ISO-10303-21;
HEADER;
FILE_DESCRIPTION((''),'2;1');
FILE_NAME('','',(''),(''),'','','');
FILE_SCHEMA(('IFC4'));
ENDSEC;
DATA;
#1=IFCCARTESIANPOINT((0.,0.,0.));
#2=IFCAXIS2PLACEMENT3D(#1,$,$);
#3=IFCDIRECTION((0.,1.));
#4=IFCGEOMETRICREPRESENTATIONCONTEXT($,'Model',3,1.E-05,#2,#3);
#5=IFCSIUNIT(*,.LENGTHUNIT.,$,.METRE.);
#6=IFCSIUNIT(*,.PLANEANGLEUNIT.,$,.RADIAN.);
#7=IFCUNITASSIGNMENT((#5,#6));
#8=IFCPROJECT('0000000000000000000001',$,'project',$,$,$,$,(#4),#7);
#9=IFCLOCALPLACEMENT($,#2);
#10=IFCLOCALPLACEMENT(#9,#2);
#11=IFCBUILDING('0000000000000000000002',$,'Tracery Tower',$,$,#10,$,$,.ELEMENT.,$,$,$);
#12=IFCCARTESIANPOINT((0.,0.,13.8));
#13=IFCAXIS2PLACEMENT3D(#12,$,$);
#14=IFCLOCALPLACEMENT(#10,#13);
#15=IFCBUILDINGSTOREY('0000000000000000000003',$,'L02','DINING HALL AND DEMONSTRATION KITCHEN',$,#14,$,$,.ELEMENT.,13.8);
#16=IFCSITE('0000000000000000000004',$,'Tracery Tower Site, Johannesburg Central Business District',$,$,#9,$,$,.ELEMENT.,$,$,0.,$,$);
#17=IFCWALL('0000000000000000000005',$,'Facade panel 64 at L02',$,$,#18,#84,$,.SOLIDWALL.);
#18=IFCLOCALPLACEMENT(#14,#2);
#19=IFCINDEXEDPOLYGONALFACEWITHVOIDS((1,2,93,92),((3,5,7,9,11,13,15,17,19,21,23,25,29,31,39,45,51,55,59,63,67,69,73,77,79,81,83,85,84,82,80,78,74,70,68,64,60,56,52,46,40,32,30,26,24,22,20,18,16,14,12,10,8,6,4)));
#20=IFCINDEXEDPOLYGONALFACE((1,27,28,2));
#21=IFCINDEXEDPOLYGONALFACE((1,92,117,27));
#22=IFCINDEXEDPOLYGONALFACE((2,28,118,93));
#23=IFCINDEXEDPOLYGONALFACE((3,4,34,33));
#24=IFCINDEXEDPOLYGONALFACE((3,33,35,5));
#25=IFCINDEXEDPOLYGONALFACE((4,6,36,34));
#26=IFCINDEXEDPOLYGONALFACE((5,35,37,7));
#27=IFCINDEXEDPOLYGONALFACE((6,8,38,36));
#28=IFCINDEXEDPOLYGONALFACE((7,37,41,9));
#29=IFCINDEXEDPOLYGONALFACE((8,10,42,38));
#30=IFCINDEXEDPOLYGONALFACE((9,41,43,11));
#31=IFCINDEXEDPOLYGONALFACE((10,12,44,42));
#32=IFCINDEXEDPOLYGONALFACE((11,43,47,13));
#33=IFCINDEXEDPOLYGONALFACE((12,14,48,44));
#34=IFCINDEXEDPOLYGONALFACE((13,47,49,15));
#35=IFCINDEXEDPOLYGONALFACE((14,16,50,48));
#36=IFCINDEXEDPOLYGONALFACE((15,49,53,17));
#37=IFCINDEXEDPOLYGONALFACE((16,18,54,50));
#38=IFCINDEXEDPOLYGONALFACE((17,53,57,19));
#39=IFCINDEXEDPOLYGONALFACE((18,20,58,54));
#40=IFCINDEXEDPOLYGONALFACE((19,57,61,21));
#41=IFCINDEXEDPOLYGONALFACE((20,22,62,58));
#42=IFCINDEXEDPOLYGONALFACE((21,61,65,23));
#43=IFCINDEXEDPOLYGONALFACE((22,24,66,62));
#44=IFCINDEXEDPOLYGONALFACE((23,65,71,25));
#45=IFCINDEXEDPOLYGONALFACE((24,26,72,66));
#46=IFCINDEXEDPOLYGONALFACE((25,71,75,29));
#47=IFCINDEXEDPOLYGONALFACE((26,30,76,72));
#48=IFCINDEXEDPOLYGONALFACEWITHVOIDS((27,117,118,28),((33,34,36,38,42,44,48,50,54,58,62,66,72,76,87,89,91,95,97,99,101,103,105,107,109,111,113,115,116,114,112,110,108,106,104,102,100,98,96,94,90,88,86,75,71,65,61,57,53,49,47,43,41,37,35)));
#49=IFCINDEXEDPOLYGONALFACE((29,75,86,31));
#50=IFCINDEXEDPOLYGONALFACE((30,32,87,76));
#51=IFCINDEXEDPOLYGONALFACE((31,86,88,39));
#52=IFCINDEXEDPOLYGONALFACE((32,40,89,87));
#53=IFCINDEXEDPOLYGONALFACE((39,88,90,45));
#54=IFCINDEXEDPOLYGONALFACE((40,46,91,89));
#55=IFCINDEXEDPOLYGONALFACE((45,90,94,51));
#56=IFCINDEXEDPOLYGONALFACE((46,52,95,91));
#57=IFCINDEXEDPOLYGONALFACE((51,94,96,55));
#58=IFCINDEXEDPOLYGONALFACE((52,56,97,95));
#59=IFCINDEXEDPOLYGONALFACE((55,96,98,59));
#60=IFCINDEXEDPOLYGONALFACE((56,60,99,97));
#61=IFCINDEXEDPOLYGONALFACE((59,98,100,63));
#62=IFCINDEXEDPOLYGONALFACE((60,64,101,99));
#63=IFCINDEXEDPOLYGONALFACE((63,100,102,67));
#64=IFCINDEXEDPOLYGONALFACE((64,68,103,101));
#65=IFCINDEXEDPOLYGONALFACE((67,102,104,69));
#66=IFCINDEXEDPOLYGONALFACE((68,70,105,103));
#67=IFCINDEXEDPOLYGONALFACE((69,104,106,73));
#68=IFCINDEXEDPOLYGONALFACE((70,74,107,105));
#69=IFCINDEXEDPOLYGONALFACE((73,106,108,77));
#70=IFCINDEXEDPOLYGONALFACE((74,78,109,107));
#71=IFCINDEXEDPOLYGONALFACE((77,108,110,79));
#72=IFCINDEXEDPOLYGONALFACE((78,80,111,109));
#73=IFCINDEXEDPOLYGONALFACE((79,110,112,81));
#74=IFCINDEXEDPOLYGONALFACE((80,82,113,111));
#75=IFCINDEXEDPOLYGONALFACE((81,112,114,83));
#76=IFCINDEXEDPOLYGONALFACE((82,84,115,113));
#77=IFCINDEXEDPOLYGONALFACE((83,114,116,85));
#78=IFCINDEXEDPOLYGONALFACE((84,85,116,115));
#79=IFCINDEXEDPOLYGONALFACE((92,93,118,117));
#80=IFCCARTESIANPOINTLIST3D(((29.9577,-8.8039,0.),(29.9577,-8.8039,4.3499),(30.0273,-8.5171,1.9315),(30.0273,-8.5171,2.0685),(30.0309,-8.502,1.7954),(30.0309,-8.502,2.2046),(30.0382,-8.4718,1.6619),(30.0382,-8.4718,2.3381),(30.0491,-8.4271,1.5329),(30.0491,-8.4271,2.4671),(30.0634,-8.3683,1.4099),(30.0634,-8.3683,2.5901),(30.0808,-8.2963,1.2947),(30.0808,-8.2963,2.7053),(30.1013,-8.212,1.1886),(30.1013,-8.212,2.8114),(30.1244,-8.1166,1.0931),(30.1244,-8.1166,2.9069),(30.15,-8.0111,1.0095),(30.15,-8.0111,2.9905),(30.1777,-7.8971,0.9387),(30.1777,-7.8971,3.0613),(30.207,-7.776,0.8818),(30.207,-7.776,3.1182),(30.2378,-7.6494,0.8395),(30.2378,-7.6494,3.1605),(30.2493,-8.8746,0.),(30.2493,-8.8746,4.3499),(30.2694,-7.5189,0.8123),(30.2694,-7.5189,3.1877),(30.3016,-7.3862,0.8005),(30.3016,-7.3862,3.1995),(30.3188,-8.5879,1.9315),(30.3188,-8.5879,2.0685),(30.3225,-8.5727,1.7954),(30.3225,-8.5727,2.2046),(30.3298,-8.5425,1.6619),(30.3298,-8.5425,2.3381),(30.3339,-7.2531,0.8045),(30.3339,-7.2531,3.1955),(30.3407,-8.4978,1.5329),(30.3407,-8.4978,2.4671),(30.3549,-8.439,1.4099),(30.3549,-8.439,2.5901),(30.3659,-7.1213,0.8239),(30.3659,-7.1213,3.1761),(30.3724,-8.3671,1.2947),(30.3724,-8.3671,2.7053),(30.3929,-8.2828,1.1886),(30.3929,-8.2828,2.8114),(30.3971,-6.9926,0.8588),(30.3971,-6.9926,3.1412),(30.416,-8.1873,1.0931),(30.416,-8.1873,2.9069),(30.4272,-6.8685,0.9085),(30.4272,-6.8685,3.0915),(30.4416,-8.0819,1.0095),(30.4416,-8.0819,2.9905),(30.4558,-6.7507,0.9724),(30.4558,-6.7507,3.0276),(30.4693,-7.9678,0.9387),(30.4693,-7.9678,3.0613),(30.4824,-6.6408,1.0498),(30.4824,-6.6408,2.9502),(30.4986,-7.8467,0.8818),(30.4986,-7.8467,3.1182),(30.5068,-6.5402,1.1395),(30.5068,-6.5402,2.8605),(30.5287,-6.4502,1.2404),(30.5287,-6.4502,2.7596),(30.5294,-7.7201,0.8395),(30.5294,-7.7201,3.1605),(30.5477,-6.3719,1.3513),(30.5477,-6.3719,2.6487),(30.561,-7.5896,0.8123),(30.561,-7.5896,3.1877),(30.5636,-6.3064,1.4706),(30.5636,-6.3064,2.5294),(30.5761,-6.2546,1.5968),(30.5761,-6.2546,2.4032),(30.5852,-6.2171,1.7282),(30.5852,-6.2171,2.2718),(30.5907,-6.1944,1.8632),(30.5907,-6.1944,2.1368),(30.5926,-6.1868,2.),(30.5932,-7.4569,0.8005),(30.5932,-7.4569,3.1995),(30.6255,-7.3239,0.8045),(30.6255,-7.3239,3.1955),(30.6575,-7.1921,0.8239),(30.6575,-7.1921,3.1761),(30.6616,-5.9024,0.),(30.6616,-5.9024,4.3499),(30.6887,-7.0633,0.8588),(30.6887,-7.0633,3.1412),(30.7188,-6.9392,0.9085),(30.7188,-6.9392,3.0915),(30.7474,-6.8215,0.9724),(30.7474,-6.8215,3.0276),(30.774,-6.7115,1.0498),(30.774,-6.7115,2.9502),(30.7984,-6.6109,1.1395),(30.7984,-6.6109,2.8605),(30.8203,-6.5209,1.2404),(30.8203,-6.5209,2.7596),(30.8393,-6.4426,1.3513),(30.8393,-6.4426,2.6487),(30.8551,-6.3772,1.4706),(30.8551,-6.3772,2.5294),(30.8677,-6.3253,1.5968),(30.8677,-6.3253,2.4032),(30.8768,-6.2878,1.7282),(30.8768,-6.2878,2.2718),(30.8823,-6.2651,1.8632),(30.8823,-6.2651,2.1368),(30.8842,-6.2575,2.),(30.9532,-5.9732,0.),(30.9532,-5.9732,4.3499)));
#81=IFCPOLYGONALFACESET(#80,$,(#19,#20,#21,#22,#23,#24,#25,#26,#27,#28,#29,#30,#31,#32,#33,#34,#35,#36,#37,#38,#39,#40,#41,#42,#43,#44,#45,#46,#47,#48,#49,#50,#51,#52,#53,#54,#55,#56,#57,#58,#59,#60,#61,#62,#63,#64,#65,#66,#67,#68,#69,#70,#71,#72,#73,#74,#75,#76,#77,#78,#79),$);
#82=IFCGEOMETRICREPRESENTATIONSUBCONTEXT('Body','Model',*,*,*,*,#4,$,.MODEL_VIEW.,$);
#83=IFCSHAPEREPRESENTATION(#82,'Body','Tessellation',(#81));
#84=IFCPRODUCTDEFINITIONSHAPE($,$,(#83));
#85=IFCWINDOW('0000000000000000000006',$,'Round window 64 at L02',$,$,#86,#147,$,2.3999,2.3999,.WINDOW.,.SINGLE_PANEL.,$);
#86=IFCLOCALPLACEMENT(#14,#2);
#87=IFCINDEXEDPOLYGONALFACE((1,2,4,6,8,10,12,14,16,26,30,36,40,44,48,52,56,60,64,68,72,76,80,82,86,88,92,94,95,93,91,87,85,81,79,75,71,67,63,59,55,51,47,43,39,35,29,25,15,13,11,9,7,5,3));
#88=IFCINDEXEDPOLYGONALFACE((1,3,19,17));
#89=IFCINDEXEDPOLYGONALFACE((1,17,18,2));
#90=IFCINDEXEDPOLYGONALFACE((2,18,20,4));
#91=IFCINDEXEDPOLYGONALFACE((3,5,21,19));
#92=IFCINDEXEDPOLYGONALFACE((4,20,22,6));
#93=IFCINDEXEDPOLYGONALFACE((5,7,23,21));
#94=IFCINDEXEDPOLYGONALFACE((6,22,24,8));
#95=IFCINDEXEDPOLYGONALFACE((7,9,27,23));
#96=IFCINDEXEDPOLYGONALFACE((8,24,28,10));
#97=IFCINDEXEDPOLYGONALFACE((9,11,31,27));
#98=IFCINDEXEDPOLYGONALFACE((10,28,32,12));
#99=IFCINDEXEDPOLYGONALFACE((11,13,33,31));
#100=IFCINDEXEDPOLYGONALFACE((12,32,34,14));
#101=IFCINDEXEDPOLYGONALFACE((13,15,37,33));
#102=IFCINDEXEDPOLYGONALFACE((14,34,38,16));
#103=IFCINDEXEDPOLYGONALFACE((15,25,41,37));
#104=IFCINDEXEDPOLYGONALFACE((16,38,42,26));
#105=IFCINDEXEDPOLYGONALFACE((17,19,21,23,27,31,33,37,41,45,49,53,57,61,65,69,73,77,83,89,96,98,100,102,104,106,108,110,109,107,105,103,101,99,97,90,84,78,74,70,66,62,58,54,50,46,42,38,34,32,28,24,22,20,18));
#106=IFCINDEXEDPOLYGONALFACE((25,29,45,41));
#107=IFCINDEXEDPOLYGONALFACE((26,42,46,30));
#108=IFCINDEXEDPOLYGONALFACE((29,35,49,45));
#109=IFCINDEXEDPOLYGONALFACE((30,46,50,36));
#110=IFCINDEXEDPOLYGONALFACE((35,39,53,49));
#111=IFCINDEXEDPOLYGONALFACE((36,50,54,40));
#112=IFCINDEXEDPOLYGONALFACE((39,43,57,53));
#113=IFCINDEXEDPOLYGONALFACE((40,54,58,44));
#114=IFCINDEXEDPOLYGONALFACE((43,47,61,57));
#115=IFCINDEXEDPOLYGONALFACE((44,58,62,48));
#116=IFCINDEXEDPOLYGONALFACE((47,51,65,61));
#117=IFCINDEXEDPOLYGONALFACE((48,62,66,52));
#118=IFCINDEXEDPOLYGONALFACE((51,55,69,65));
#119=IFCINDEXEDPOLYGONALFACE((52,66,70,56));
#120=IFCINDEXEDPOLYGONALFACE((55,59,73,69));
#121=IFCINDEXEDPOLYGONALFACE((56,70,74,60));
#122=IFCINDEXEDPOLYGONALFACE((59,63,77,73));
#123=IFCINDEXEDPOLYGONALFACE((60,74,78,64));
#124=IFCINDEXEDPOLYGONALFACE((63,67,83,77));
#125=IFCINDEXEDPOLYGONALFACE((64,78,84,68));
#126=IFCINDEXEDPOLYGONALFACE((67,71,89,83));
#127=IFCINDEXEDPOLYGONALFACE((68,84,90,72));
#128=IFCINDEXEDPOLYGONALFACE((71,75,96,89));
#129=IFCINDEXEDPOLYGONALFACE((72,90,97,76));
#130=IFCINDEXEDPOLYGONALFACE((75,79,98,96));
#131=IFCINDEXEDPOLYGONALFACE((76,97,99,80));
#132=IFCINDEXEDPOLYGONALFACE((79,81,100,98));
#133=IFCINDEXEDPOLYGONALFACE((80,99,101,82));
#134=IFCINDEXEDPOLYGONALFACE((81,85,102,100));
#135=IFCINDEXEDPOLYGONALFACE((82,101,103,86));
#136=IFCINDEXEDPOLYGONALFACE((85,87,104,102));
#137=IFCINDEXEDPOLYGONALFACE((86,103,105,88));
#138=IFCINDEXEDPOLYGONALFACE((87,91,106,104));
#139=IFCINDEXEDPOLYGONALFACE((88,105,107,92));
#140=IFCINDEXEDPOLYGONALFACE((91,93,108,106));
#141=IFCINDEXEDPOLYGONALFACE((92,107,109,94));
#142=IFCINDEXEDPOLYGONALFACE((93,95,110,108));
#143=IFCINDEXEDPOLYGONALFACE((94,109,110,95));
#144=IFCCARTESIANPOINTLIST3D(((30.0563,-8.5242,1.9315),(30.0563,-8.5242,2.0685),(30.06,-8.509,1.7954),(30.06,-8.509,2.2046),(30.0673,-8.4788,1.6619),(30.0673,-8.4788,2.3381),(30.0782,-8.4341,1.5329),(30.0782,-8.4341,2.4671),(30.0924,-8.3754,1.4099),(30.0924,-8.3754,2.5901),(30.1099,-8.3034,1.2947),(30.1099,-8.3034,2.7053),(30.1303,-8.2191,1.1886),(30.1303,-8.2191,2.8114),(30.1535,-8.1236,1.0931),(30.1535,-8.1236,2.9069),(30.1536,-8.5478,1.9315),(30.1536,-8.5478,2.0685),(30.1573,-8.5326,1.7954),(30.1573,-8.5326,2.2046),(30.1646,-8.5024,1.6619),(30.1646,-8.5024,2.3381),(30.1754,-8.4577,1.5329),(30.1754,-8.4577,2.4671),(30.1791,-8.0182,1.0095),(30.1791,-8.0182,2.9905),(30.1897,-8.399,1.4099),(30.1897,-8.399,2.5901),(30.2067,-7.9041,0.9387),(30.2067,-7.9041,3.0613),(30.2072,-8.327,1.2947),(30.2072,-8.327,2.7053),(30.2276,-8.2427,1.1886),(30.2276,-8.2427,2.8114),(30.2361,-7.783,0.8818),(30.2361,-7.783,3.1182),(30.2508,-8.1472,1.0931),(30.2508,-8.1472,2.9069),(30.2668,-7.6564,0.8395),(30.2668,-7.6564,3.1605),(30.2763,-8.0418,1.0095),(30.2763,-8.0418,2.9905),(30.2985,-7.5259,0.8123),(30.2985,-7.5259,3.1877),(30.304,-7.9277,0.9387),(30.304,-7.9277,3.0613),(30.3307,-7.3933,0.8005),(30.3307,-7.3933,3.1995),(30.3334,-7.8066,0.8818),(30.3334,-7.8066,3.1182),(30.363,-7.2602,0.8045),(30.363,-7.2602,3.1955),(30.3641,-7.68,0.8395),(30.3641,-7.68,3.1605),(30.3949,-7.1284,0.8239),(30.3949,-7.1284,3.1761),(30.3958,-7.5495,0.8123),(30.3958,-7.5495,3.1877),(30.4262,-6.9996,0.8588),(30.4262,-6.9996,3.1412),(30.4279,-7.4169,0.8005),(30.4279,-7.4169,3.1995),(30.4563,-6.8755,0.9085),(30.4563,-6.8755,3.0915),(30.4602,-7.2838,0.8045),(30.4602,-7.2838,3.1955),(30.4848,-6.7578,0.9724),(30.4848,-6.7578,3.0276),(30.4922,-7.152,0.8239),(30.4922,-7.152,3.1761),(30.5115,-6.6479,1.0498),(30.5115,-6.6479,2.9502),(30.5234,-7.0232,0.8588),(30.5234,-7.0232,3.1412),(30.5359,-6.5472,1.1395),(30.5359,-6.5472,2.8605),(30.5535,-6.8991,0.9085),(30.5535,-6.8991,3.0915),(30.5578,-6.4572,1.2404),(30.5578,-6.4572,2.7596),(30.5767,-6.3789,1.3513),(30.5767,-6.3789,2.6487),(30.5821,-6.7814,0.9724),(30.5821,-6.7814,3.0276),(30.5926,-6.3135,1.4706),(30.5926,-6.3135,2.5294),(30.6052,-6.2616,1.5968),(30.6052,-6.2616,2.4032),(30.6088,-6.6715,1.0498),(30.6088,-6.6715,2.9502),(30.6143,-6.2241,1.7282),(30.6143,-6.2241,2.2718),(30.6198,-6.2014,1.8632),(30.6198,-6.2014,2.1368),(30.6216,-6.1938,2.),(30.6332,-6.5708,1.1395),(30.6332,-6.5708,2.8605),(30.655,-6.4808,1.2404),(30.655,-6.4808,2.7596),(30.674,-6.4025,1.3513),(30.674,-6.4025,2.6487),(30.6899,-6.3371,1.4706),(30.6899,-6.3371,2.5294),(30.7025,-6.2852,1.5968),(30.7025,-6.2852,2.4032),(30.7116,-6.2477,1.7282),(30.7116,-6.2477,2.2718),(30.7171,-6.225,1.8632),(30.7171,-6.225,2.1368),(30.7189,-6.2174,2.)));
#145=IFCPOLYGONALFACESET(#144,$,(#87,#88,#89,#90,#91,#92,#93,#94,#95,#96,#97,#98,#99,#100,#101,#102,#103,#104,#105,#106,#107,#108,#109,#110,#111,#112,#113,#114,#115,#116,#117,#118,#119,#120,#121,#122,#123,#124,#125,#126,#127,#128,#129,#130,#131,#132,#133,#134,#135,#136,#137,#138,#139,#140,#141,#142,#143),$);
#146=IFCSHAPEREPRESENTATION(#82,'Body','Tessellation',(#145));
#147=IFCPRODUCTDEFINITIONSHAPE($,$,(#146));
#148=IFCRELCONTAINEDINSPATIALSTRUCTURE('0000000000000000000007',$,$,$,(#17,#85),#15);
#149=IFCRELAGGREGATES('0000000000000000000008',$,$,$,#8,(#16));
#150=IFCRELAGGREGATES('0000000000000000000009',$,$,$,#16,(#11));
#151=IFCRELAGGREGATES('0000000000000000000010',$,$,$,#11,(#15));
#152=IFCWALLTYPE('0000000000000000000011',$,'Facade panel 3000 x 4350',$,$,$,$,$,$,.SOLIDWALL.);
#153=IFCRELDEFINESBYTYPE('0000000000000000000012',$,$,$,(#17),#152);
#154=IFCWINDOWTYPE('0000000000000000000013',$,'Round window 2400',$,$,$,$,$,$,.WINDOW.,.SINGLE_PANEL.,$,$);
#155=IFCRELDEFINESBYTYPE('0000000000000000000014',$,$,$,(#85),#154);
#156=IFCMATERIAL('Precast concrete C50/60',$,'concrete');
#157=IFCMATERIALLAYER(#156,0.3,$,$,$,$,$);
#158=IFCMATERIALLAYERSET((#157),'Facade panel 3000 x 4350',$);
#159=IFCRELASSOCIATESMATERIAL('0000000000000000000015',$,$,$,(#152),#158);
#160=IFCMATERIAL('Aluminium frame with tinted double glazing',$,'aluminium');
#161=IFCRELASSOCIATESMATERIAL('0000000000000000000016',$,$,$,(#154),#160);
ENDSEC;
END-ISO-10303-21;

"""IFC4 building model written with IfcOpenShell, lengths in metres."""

from ifc_helpers import new_model, si_unit, direction, frame, frame_2d, origin, origin_2d, place, context, subcontext, project, spatial, rectangle, circle, extrude, material, layer, layer_set, type_object, element, fill, save


model = new_model("IFC4")

# Units and contexts
model_context = context("Model", 3, precision=1e-05, world=origin(), true_north=direction((0.0, 1.0)))
body_context = subcontext(model_context, "Body", "Model", "MODEL_VIEW")
ifc_project = project(units=[si_unit("LENGTHUNIT", "METRE"), si_unit("PLANEANGLEUNIT", "RADIAN")], contexts=[model_context])

# Site, building, storey
site_placement = place(None, origin())
site = spatial("IfcSite", under=ifc_project, at=site_placement, Name="Tracery Tower Site, Johannesburg Central Business District", CompositionType="ELEMENT", RefElevation=0.0)
building_placement = place(site_placement, origin())
building = spatial("IfcBuilding", under=site, at=building_placement, Name="Tracery Tower", CompositionType="ELEMENT")
storey_placement = place(building_placement, frame((0.0, 0.0, 13.8)))
storey = spatial("IfcBuildingStorey", under=building, at=storey_placement, Name="L02", Description="DINING HALL AND DEMONSTRATION KITCHEN", CompositionType="ELEMENT", Elevation=13.8)

# Wall, opening, window
ifc_material_1 = material(Name="Precast concrete C50/60", Category="concrete")
ifc_layer_1 = layer(ifc_material_1, 0.3)
ifc_layer_set_1 = layer_set([ifc_layer_1], Name="Facade panel 3000 x 4350")
wall_type_1 = type_object("IfcWallType", Name="Facade panel 3000 x 4350", PredefinedType="SOLIDWALL", material=ifc_layer_set_1)
wall_1_placement = place(storey_placement, frame((30.1035, -8.8391, 0.0), z_axis=(0.0, 0.0, 1.0), x_axis=(0.235757, 0.971812, 0.0)))
wall_1 = element("IfcWall", 1, at=wall_1_placement, inside=storey, type_object=wall_type_1, Name="Facade panel 64 at L02", PredefinedType="SOLIDWALL", context=body_context, shape_type="SweptSolid", body=[
    extrude(rectangle(XDim=2.9856, YDim=0.3, at=frame_2d((1.4927, 0.0))), origin(), (0.0, 0.0, 1.0), 4.3499),
])
opening_1_placement = place(wall_1_placement, frame((1.4929, 0.0, 2.0)))
opening_1 = element("IfcOpeningElement", 2, at=opening_1_placement, cuts=wall_1, PredefinedType="OPENING", context=body_context, shape_type="SweptSolid", body=[
    extrude(circle(Radius=1.2, at=origin_2d()), frame((0.0, 0.1599, 0.0), z_axis=(0.0, -1.0, 0.0), x_axis=(1.0, 0.0, 0.0)), (0.0, 0.0, 1.0), 0.3201),
])
ifc_material_2 = material(Name="Aluminium frame with tinted double glazing", Category="aluminium")
window_type = type_object("IfcWindowType", Name="Round window 2400", PartitioningType="SINGLE_PANEL", PredefinedType="WINDOW", material=ifc_material_2)
window_1_placement = place(opening_1_placement, origin())
window_1 = element("IfcWindow", 3, at=window_1_placement, inside=storey, type_object=window_type, Name="Round window 64 at L02", OverallHeight=2.3999, OverallWidth=2.3999, PartitioningType="SINGLE_PANEL", PredefinedType="WINDOW", context=body_context, shape_type="SweptSolid", body=[
    extrude(circle(Radius=1.2, at=origin_2d()), frame((0.0, 0.1201, 0.0), z_axis=(0.0, -1.0, 0.0), x_axis=(1.0, 0.0, 0.0)), (0.0, 0.0, 1.0), 0.1001),
])
fill(opening_1, window_1)

save(model, "model.ifc")
